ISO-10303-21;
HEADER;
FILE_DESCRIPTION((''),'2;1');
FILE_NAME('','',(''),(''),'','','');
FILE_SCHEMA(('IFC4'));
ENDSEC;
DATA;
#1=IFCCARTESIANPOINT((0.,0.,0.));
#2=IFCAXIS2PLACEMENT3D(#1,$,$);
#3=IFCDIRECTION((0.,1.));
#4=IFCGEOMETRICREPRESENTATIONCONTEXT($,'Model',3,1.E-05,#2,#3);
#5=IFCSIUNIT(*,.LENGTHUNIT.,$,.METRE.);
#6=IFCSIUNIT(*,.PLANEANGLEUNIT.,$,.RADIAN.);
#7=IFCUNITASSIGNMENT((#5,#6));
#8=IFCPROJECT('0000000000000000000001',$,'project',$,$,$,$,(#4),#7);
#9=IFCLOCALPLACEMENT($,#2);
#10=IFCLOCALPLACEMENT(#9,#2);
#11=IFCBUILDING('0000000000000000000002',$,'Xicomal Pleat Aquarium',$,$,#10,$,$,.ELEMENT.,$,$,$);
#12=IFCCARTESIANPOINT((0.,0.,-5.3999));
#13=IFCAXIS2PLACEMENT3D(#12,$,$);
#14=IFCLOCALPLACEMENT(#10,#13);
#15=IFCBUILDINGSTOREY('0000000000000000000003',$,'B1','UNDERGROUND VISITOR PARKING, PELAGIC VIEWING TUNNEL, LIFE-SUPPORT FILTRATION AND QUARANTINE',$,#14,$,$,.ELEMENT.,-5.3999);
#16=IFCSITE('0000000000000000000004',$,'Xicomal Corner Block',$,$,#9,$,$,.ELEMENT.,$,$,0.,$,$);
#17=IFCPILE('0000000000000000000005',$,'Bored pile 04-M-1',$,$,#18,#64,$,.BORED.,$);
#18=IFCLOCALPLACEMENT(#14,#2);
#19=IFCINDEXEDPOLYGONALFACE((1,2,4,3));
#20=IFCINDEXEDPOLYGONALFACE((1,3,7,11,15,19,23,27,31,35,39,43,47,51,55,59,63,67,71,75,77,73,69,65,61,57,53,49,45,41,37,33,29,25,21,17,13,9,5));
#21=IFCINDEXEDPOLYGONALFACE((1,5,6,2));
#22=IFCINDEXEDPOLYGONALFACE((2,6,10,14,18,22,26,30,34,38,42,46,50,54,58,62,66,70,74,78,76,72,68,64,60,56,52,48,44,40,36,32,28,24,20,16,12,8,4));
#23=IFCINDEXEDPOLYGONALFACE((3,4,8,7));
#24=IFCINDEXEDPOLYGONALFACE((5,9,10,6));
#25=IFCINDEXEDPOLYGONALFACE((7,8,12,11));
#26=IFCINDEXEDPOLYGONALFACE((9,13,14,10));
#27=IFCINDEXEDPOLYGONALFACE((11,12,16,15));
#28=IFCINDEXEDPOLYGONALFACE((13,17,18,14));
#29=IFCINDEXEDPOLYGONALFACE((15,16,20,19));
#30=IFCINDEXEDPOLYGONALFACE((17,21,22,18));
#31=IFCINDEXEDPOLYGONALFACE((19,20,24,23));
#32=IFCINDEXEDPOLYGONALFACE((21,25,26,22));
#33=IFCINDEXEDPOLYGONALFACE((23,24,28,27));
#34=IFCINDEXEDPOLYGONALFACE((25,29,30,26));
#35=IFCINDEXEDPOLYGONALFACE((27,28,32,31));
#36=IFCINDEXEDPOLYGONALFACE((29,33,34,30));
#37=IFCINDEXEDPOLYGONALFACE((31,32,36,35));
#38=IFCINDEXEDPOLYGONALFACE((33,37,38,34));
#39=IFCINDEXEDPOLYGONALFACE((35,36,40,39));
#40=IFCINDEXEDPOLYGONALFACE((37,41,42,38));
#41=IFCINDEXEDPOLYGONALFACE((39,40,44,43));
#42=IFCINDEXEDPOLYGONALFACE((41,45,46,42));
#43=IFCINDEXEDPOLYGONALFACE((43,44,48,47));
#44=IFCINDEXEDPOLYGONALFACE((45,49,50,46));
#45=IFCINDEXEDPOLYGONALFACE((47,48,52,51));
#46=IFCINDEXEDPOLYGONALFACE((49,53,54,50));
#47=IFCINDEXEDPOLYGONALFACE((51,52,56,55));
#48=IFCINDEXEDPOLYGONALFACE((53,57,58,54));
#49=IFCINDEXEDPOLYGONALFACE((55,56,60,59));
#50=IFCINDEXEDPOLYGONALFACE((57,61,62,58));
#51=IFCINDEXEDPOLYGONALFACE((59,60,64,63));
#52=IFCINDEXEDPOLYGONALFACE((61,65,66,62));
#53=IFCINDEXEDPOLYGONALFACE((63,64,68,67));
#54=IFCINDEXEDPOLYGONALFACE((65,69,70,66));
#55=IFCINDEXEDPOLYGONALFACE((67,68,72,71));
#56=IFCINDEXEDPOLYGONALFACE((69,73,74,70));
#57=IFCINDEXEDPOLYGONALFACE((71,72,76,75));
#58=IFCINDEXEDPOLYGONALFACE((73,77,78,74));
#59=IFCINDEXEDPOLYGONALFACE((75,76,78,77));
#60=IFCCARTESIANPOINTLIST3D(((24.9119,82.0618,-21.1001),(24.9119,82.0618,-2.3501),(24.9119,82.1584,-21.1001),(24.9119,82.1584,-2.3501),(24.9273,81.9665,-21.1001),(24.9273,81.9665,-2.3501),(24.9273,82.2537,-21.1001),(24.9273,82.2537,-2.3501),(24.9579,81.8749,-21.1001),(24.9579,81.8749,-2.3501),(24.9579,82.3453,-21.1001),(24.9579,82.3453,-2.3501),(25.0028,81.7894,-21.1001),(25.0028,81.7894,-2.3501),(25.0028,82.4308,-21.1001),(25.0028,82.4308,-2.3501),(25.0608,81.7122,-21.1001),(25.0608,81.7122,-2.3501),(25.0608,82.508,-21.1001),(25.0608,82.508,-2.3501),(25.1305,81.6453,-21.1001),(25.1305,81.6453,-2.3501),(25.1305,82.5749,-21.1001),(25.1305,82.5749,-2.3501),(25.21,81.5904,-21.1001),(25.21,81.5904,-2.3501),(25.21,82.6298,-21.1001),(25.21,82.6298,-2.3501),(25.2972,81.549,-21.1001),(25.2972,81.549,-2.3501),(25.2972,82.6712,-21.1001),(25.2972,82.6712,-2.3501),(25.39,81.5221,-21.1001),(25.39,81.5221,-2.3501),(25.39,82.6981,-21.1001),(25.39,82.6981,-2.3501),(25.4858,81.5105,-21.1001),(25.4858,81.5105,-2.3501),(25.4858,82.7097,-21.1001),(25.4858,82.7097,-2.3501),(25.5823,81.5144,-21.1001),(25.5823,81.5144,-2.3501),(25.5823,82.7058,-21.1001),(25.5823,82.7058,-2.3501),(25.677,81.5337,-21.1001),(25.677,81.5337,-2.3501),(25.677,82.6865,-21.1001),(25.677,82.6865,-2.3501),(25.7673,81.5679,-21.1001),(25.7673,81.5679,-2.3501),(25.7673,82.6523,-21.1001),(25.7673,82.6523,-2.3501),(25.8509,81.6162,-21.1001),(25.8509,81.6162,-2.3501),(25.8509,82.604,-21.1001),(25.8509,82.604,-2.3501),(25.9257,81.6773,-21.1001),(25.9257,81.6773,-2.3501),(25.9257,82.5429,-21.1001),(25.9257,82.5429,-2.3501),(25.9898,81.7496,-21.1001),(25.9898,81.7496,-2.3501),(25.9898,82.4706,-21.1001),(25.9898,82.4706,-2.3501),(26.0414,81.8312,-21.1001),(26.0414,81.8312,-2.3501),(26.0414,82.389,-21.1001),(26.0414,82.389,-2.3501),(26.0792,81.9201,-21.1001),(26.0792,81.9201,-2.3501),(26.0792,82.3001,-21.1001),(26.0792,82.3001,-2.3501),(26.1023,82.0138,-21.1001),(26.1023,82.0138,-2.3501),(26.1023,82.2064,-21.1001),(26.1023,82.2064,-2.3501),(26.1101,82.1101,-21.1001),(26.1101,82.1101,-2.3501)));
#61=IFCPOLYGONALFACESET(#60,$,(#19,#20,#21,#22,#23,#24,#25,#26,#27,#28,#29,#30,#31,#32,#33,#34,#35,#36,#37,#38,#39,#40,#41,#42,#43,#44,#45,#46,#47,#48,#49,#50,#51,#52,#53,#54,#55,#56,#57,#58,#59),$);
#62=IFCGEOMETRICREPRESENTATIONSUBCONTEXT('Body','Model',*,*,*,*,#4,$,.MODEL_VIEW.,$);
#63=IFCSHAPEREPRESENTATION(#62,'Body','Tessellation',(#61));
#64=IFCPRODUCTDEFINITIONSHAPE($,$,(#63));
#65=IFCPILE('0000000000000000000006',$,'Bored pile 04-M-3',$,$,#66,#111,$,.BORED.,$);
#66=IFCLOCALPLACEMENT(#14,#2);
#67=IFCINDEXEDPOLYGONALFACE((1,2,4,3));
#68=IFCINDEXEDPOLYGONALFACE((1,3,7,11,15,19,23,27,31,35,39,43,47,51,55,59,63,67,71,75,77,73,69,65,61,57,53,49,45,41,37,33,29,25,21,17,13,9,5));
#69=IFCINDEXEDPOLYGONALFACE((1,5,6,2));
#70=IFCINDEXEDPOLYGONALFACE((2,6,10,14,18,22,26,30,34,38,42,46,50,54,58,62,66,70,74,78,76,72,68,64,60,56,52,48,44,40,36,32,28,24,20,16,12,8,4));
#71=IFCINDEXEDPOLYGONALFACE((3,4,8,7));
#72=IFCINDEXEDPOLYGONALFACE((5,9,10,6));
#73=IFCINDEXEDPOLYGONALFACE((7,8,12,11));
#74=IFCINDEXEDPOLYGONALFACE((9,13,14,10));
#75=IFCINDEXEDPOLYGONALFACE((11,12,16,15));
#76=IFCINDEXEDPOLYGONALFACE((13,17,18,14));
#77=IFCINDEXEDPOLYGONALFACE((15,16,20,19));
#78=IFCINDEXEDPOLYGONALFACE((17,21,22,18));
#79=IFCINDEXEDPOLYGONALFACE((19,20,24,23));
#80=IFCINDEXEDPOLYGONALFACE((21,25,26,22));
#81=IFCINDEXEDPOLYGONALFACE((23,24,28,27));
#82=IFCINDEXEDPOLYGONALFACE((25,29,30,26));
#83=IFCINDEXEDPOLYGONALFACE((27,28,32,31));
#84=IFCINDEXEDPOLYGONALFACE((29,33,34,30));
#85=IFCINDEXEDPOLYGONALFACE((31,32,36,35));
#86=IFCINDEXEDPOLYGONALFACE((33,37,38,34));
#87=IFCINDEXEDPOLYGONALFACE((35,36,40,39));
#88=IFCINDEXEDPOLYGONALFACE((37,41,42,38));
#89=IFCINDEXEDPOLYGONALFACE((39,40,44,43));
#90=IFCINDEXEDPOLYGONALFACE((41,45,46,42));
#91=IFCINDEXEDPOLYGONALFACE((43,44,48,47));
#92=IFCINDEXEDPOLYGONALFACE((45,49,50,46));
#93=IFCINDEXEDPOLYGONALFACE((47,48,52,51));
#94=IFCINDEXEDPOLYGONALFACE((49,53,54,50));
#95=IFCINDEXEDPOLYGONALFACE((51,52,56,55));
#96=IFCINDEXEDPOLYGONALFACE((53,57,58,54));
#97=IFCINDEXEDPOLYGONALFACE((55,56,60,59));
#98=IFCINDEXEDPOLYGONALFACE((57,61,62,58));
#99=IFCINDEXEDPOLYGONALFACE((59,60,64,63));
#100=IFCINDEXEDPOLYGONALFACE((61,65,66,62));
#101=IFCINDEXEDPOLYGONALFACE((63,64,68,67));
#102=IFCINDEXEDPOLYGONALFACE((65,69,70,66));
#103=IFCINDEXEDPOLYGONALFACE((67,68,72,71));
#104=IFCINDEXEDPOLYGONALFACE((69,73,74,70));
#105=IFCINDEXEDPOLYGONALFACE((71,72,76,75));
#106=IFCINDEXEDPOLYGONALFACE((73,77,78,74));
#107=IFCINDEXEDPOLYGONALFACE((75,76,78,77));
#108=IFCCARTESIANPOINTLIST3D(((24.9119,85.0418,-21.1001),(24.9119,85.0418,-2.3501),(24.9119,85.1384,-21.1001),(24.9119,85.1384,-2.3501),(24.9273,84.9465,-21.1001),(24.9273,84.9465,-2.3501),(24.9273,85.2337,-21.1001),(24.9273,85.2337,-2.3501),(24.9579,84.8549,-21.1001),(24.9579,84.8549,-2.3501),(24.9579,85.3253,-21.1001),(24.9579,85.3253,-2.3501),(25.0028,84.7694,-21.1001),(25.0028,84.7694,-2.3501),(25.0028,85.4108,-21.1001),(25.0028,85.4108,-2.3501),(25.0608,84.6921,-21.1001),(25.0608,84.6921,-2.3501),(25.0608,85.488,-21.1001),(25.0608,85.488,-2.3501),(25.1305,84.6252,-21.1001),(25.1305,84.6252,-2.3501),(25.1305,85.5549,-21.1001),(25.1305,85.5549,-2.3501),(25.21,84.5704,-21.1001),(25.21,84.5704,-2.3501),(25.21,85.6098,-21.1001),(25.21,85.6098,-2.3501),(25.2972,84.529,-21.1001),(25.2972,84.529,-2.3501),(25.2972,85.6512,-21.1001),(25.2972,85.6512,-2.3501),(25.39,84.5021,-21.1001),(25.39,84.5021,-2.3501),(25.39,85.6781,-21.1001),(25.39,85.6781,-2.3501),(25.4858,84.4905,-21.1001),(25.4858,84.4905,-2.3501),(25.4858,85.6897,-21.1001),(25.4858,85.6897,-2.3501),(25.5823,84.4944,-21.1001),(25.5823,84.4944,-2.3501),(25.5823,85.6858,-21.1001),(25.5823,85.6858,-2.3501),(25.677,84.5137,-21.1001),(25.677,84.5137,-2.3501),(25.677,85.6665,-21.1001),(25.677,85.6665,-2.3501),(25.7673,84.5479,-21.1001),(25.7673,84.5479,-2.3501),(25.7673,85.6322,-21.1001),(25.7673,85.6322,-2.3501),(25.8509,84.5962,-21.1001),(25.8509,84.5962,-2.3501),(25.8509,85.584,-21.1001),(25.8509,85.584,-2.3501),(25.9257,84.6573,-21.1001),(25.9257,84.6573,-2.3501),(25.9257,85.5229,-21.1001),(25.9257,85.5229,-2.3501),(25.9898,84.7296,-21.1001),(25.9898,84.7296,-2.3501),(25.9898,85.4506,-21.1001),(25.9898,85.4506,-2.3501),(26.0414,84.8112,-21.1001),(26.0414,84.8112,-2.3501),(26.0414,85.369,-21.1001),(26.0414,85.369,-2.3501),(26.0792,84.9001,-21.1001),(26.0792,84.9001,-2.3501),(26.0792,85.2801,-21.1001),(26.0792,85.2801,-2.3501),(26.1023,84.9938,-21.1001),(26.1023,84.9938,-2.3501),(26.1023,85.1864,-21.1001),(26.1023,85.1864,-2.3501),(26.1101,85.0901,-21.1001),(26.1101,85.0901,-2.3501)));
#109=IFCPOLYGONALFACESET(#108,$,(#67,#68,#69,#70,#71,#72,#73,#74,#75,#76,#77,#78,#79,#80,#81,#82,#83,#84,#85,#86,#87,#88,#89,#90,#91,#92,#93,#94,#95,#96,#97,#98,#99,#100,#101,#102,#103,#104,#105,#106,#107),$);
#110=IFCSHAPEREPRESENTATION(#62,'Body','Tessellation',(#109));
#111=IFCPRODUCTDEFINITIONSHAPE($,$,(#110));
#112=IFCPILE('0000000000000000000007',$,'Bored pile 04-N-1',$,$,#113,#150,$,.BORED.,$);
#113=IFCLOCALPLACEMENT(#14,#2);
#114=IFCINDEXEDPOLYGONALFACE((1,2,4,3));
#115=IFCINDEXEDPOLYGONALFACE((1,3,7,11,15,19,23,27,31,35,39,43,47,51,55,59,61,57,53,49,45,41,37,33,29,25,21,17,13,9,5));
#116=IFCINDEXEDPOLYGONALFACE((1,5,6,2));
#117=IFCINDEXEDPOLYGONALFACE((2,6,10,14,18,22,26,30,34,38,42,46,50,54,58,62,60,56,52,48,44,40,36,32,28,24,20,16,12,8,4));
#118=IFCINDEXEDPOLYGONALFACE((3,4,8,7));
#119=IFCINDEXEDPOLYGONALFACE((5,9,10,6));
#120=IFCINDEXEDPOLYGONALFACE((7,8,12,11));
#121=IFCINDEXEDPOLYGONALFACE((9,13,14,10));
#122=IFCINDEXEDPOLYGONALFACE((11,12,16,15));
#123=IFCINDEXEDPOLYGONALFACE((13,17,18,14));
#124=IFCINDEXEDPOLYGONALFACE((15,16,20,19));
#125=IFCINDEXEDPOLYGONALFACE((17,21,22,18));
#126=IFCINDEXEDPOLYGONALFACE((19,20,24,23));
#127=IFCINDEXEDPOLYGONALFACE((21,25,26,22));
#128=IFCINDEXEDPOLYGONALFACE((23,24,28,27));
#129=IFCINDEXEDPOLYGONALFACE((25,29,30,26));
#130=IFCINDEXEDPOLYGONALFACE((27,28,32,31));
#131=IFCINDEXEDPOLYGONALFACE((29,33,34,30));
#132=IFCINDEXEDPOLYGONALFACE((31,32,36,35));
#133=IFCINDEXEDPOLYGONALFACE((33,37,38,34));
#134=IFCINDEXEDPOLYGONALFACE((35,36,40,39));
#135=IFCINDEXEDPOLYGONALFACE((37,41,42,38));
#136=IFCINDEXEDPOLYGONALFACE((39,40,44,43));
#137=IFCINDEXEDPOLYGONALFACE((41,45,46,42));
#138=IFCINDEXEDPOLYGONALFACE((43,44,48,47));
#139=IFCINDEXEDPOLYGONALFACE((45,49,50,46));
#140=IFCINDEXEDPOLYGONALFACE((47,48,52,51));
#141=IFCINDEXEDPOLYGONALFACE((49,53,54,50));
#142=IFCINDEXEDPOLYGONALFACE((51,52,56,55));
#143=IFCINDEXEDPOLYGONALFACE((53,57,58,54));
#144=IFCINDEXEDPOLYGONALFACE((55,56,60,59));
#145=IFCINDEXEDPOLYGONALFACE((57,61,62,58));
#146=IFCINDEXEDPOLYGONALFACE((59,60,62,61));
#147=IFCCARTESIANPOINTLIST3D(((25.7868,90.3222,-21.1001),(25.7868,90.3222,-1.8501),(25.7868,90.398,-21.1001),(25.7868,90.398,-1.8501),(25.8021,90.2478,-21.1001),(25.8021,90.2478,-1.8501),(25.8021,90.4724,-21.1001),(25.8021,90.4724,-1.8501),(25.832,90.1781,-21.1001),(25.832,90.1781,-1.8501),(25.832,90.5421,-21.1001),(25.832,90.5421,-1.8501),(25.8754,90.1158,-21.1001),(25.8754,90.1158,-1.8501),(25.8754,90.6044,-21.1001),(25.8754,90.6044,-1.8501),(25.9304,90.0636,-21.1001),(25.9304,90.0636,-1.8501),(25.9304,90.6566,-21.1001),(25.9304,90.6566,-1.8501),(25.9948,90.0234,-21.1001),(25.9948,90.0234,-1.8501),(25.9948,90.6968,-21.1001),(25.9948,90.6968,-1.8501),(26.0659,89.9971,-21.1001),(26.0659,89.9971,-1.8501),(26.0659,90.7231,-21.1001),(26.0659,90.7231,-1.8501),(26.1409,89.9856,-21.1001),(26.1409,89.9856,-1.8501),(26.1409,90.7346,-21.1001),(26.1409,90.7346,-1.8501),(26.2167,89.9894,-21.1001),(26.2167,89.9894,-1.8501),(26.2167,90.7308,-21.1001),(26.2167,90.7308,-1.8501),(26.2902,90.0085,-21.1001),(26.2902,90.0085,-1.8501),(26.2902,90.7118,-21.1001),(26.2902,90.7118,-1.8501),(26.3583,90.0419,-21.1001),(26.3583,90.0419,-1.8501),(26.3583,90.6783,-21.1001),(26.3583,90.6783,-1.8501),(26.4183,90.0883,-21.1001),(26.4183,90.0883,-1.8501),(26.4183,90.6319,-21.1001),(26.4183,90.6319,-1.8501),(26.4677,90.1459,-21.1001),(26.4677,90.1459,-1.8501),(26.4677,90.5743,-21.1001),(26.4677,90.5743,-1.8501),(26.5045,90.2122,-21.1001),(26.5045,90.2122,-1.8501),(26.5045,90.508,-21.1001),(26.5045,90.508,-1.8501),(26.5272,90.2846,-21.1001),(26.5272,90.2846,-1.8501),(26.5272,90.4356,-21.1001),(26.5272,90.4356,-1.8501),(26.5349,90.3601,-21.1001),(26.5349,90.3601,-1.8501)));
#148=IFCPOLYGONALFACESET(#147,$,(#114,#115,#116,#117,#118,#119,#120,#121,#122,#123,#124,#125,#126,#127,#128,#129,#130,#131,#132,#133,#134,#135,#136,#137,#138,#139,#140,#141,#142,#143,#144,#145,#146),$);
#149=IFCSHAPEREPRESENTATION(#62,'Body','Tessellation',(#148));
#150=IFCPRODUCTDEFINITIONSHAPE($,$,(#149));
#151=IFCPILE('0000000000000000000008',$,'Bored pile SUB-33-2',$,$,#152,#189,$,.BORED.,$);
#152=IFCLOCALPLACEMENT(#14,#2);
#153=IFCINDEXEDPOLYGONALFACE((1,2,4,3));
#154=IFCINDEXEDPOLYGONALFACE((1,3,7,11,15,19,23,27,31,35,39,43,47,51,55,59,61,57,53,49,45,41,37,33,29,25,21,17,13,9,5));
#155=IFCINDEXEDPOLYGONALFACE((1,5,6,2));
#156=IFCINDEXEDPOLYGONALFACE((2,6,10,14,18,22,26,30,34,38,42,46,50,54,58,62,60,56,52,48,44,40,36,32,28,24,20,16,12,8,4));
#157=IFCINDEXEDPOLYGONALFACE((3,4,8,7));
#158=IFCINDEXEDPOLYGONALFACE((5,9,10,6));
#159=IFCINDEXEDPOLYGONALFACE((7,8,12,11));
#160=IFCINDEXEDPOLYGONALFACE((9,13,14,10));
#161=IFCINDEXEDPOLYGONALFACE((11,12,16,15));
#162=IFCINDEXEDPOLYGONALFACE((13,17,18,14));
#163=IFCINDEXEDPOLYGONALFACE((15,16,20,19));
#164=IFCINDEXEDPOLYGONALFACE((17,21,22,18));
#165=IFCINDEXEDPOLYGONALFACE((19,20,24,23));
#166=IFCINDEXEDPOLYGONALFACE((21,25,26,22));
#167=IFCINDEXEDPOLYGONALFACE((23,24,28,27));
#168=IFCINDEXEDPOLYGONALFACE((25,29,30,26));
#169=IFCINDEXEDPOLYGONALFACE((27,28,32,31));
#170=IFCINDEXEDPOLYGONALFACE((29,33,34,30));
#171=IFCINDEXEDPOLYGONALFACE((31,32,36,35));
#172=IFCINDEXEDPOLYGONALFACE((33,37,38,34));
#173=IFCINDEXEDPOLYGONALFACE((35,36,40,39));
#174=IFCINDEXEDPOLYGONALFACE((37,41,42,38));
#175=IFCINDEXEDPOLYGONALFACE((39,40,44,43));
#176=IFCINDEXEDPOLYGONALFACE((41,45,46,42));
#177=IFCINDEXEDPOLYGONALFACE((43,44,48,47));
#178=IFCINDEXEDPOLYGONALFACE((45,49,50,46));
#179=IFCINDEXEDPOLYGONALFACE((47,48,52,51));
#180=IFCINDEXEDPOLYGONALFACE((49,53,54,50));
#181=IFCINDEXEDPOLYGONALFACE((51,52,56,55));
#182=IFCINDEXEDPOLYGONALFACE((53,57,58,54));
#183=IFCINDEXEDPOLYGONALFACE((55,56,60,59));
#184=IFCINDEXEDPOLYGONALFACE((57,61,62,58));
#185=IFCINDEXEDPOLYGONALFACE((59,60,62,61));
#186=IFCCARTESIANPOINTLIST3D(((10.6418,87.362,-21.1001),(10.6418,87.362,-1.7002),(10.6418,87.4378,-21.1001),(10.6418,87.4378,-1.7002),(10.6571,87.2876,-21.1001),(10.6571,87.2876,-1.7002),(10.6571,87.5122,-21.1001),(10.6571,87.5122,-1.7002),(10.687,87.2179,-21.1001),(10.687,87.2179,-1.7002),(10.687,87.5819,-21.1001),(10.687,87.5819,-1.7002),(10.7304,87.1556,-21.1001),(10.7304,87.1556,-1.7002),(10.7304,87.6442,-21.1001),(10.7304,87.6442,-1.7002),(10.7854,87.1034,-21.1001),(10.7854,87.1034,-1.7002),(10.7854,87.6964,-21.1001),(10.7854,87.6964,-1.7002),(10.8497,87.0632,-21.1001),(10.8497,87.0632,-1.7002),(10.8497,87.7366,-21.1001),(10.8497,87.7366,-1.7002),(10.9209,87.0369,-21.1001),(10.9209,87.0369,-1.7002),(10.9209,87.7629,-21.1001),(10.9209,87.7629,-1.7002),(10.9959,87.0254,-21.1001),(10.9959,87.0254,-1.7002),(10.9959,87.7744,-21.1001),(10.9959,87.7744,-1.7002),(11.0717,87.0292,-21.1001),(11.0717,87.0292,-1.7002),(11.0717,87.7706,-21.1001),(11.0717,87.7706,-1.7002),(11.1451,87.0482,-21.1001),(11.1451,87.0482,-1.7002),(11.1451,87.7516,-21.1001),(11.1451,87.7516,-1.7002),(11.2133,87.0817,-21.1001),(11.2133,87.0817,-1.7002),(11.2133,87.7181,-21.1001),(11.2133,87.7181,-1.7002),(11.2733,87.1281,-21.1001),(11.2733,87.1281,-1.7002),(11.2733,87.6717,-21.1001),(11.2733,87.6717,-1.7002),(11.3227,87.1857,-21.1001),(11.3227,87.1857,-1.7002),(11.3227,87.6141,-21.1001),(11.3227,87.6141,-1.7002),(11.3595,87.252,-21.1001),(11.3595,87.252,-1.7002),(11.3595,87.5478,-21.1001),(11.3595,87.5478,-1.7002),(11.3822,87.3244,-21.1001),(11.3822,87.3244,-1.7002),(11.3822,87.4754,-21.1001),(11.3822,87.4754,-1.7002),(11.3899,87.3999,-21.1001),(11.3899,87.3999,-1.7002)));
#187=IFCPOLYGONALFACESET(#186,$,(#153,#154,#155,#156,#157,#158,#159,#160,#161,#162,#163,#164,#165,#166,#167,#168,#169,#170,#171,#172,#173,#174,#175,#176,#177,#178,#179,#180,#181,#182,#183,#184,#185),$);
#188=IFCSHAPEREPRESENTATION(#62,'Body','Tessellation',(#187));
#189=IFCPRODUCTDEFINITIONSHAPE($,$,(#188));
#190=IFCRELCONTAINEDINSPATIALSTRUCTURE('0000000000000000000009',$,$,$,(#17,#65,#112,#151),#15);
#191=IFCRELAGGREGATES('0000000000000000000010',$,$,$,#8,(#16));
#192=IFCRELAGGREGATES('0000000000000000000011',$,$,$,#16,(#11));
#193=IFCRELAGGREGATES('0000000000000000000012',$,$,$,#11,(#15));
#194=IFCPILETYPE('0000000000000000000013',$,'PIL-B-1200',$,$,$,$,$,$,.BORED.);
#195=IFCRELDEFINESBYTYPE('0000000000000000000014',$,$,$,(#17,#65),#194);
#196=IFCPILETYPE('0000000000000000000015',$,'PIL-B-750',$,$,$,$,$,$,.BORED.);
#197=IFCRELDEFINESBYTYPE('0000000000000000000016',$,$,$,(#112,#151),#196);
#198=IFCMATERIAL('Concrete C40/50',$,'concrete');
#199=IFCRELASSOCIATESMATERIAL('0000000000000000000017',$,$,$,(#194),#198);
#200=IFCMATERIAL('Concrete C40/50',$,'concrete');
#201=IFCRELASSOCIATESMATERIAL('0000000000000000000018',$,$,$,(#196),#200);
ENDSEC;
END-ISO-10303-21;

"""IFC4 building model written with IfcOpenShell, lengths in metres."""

from ifc_helpers import new_model, si_unit, direction, frame, origin, origin_2d, place, context, subcontext, project, spatial, circle, extrude, material, material_profile, profile_set, type_object, element, save


model = new_model("IFC4")

# Units and contexts
model_context = context("Model", 3, precision=1e-05, world=origin(), true_north=direction((0.0, 1.0)))
body_context = subcontext(model_context, "Body", "Model", "MODEL_VIEW")
ifc_project = project(units=[si_unit("LENGTHUNIT", "METRE"), si_unit("PLANEANGLEUNIT", "RADIAN")], contexts=[model_context])

# Site, building, storey
site_placement = place(None, origin())
site = spatial("IfcSite", under=ifc_project, at=site_placement, Name="Xicomal Corner Block", CompositionType="ELEMENT", RefElevation=0.0)
building_placement = place(site_placement, origin())
building = spatial("IfcBuilding", under=site, at=building_placement, Name="Xicomal Pleat Aquarium", CompositionType="ELEMENT")
storey_placement = place(building_placement, frame((0.0, 0.0, -5.3999)))
storey = spatial("IfcBuildingStorey", under=building, at=storey_placement, Name="B1", Description="UNDERGROUND VISITOR PARKING, PELAGIC VIEWING TUNNEL, LIFE-SUPPORT FILTRATION AND QUARANTINE", CompositionType="ELEMENT", Elevation=-5.3999)

# Piles
ifc_material_1 = material(Name="Concrete C40/50", Category="concrete")
ifc_material_profile_1 = material_profile(ifc_material_1, circle(Radius=0.6001, at=origin_2d()), Name="BORED PILE D1200")
ifc_profile_set_1 = profile_set([ifc_material_profile_1], Name="Concrete C40/50")
pile_type_1 = type_object("IfcPileType", Name="PIL-B-1200", PredefinedType="BORED", material=ifc_profile_set_1)
for number, where, z_axis, x_axis, name in (
    (1, (25.51, 82.1101, -2.3501), (0.0, 0.0, -1.0), (1.0, 0.0, 0.0), "Bored pile 04-M-1"),
    (2, (25.51, 85.0901, -2.3501), (0.0, 0.0, -1.0), (1.0, 0.0, 0.0), "Bored pile 04-M-3"),
):
    element("IfcPile", number, at=place(storey_placement, frame(where, z_axis=z_axis, x_axis=x_axis)), inside=storey, type_object=pile_type_1, Name=name, PredefinedType="BORED", context=body_context, shape_type="SweptSolid", body=[
        extrude(circle(Radius=0.6001, at=origin_2d()), origin(), (0.0, 0.0, 1.0), 18.75),
    ])
ifc_material_2 = material(Name="Concrete C40/50", Category="concrete")
ifc_material_profile_2 = material_profile(ifc_material_2, circle(Radius=0.375, at=origin_2d()), Name="BORED PILE D750")
ifc_profile_set_2 = profile_set([ifc_material_profile_2], Name="Concrete C40/50")
pile_type_2 = type_object("IfcPileType", Name="PIL-B-750", PredefinedType="BORED", material=ifc_profile_set_2)
pile_1_placement = place(storey_placement, frame((26.1599, 90.3601, -1.8501), z_axis=(0.0, 0.0, -1.0), x_axis=(1.0, 0.0, 0.0)))
element("IfcPile", 3, at=pile_1_placement, inside=storey, type_object=pile_type_2, Name="Bored pile 04-N-1", PredefinedType="BORED", context=body_context, shape_type="SweptSolid", body=[
    extrude(circle(Radius=0.375, at=origin_2d()), origin(), (0.0, 0.0, 1.0), 19.25),
])
pile_2_placement = place(storey_placement, frame((11.0149, 87.3999, -1.7002), z_axis=(0.0, 0.0, -1.0), x_axis=(1.0, 0.0, 0.0)))
element("IfcPile", 4, at=pile_2_placement, inside=storey, type_object=pile_type_2, Name="Bored pile SUB-33-2", PredefinedType="BORED", context=body_context, shape_type="SweptSolid", body=[
    extrude(circle(Radius=0.375, at=origin_2d()), origin(), (0.0, 0.0, 1.0), 19.3999),
])

save(model, "model.ifc")
